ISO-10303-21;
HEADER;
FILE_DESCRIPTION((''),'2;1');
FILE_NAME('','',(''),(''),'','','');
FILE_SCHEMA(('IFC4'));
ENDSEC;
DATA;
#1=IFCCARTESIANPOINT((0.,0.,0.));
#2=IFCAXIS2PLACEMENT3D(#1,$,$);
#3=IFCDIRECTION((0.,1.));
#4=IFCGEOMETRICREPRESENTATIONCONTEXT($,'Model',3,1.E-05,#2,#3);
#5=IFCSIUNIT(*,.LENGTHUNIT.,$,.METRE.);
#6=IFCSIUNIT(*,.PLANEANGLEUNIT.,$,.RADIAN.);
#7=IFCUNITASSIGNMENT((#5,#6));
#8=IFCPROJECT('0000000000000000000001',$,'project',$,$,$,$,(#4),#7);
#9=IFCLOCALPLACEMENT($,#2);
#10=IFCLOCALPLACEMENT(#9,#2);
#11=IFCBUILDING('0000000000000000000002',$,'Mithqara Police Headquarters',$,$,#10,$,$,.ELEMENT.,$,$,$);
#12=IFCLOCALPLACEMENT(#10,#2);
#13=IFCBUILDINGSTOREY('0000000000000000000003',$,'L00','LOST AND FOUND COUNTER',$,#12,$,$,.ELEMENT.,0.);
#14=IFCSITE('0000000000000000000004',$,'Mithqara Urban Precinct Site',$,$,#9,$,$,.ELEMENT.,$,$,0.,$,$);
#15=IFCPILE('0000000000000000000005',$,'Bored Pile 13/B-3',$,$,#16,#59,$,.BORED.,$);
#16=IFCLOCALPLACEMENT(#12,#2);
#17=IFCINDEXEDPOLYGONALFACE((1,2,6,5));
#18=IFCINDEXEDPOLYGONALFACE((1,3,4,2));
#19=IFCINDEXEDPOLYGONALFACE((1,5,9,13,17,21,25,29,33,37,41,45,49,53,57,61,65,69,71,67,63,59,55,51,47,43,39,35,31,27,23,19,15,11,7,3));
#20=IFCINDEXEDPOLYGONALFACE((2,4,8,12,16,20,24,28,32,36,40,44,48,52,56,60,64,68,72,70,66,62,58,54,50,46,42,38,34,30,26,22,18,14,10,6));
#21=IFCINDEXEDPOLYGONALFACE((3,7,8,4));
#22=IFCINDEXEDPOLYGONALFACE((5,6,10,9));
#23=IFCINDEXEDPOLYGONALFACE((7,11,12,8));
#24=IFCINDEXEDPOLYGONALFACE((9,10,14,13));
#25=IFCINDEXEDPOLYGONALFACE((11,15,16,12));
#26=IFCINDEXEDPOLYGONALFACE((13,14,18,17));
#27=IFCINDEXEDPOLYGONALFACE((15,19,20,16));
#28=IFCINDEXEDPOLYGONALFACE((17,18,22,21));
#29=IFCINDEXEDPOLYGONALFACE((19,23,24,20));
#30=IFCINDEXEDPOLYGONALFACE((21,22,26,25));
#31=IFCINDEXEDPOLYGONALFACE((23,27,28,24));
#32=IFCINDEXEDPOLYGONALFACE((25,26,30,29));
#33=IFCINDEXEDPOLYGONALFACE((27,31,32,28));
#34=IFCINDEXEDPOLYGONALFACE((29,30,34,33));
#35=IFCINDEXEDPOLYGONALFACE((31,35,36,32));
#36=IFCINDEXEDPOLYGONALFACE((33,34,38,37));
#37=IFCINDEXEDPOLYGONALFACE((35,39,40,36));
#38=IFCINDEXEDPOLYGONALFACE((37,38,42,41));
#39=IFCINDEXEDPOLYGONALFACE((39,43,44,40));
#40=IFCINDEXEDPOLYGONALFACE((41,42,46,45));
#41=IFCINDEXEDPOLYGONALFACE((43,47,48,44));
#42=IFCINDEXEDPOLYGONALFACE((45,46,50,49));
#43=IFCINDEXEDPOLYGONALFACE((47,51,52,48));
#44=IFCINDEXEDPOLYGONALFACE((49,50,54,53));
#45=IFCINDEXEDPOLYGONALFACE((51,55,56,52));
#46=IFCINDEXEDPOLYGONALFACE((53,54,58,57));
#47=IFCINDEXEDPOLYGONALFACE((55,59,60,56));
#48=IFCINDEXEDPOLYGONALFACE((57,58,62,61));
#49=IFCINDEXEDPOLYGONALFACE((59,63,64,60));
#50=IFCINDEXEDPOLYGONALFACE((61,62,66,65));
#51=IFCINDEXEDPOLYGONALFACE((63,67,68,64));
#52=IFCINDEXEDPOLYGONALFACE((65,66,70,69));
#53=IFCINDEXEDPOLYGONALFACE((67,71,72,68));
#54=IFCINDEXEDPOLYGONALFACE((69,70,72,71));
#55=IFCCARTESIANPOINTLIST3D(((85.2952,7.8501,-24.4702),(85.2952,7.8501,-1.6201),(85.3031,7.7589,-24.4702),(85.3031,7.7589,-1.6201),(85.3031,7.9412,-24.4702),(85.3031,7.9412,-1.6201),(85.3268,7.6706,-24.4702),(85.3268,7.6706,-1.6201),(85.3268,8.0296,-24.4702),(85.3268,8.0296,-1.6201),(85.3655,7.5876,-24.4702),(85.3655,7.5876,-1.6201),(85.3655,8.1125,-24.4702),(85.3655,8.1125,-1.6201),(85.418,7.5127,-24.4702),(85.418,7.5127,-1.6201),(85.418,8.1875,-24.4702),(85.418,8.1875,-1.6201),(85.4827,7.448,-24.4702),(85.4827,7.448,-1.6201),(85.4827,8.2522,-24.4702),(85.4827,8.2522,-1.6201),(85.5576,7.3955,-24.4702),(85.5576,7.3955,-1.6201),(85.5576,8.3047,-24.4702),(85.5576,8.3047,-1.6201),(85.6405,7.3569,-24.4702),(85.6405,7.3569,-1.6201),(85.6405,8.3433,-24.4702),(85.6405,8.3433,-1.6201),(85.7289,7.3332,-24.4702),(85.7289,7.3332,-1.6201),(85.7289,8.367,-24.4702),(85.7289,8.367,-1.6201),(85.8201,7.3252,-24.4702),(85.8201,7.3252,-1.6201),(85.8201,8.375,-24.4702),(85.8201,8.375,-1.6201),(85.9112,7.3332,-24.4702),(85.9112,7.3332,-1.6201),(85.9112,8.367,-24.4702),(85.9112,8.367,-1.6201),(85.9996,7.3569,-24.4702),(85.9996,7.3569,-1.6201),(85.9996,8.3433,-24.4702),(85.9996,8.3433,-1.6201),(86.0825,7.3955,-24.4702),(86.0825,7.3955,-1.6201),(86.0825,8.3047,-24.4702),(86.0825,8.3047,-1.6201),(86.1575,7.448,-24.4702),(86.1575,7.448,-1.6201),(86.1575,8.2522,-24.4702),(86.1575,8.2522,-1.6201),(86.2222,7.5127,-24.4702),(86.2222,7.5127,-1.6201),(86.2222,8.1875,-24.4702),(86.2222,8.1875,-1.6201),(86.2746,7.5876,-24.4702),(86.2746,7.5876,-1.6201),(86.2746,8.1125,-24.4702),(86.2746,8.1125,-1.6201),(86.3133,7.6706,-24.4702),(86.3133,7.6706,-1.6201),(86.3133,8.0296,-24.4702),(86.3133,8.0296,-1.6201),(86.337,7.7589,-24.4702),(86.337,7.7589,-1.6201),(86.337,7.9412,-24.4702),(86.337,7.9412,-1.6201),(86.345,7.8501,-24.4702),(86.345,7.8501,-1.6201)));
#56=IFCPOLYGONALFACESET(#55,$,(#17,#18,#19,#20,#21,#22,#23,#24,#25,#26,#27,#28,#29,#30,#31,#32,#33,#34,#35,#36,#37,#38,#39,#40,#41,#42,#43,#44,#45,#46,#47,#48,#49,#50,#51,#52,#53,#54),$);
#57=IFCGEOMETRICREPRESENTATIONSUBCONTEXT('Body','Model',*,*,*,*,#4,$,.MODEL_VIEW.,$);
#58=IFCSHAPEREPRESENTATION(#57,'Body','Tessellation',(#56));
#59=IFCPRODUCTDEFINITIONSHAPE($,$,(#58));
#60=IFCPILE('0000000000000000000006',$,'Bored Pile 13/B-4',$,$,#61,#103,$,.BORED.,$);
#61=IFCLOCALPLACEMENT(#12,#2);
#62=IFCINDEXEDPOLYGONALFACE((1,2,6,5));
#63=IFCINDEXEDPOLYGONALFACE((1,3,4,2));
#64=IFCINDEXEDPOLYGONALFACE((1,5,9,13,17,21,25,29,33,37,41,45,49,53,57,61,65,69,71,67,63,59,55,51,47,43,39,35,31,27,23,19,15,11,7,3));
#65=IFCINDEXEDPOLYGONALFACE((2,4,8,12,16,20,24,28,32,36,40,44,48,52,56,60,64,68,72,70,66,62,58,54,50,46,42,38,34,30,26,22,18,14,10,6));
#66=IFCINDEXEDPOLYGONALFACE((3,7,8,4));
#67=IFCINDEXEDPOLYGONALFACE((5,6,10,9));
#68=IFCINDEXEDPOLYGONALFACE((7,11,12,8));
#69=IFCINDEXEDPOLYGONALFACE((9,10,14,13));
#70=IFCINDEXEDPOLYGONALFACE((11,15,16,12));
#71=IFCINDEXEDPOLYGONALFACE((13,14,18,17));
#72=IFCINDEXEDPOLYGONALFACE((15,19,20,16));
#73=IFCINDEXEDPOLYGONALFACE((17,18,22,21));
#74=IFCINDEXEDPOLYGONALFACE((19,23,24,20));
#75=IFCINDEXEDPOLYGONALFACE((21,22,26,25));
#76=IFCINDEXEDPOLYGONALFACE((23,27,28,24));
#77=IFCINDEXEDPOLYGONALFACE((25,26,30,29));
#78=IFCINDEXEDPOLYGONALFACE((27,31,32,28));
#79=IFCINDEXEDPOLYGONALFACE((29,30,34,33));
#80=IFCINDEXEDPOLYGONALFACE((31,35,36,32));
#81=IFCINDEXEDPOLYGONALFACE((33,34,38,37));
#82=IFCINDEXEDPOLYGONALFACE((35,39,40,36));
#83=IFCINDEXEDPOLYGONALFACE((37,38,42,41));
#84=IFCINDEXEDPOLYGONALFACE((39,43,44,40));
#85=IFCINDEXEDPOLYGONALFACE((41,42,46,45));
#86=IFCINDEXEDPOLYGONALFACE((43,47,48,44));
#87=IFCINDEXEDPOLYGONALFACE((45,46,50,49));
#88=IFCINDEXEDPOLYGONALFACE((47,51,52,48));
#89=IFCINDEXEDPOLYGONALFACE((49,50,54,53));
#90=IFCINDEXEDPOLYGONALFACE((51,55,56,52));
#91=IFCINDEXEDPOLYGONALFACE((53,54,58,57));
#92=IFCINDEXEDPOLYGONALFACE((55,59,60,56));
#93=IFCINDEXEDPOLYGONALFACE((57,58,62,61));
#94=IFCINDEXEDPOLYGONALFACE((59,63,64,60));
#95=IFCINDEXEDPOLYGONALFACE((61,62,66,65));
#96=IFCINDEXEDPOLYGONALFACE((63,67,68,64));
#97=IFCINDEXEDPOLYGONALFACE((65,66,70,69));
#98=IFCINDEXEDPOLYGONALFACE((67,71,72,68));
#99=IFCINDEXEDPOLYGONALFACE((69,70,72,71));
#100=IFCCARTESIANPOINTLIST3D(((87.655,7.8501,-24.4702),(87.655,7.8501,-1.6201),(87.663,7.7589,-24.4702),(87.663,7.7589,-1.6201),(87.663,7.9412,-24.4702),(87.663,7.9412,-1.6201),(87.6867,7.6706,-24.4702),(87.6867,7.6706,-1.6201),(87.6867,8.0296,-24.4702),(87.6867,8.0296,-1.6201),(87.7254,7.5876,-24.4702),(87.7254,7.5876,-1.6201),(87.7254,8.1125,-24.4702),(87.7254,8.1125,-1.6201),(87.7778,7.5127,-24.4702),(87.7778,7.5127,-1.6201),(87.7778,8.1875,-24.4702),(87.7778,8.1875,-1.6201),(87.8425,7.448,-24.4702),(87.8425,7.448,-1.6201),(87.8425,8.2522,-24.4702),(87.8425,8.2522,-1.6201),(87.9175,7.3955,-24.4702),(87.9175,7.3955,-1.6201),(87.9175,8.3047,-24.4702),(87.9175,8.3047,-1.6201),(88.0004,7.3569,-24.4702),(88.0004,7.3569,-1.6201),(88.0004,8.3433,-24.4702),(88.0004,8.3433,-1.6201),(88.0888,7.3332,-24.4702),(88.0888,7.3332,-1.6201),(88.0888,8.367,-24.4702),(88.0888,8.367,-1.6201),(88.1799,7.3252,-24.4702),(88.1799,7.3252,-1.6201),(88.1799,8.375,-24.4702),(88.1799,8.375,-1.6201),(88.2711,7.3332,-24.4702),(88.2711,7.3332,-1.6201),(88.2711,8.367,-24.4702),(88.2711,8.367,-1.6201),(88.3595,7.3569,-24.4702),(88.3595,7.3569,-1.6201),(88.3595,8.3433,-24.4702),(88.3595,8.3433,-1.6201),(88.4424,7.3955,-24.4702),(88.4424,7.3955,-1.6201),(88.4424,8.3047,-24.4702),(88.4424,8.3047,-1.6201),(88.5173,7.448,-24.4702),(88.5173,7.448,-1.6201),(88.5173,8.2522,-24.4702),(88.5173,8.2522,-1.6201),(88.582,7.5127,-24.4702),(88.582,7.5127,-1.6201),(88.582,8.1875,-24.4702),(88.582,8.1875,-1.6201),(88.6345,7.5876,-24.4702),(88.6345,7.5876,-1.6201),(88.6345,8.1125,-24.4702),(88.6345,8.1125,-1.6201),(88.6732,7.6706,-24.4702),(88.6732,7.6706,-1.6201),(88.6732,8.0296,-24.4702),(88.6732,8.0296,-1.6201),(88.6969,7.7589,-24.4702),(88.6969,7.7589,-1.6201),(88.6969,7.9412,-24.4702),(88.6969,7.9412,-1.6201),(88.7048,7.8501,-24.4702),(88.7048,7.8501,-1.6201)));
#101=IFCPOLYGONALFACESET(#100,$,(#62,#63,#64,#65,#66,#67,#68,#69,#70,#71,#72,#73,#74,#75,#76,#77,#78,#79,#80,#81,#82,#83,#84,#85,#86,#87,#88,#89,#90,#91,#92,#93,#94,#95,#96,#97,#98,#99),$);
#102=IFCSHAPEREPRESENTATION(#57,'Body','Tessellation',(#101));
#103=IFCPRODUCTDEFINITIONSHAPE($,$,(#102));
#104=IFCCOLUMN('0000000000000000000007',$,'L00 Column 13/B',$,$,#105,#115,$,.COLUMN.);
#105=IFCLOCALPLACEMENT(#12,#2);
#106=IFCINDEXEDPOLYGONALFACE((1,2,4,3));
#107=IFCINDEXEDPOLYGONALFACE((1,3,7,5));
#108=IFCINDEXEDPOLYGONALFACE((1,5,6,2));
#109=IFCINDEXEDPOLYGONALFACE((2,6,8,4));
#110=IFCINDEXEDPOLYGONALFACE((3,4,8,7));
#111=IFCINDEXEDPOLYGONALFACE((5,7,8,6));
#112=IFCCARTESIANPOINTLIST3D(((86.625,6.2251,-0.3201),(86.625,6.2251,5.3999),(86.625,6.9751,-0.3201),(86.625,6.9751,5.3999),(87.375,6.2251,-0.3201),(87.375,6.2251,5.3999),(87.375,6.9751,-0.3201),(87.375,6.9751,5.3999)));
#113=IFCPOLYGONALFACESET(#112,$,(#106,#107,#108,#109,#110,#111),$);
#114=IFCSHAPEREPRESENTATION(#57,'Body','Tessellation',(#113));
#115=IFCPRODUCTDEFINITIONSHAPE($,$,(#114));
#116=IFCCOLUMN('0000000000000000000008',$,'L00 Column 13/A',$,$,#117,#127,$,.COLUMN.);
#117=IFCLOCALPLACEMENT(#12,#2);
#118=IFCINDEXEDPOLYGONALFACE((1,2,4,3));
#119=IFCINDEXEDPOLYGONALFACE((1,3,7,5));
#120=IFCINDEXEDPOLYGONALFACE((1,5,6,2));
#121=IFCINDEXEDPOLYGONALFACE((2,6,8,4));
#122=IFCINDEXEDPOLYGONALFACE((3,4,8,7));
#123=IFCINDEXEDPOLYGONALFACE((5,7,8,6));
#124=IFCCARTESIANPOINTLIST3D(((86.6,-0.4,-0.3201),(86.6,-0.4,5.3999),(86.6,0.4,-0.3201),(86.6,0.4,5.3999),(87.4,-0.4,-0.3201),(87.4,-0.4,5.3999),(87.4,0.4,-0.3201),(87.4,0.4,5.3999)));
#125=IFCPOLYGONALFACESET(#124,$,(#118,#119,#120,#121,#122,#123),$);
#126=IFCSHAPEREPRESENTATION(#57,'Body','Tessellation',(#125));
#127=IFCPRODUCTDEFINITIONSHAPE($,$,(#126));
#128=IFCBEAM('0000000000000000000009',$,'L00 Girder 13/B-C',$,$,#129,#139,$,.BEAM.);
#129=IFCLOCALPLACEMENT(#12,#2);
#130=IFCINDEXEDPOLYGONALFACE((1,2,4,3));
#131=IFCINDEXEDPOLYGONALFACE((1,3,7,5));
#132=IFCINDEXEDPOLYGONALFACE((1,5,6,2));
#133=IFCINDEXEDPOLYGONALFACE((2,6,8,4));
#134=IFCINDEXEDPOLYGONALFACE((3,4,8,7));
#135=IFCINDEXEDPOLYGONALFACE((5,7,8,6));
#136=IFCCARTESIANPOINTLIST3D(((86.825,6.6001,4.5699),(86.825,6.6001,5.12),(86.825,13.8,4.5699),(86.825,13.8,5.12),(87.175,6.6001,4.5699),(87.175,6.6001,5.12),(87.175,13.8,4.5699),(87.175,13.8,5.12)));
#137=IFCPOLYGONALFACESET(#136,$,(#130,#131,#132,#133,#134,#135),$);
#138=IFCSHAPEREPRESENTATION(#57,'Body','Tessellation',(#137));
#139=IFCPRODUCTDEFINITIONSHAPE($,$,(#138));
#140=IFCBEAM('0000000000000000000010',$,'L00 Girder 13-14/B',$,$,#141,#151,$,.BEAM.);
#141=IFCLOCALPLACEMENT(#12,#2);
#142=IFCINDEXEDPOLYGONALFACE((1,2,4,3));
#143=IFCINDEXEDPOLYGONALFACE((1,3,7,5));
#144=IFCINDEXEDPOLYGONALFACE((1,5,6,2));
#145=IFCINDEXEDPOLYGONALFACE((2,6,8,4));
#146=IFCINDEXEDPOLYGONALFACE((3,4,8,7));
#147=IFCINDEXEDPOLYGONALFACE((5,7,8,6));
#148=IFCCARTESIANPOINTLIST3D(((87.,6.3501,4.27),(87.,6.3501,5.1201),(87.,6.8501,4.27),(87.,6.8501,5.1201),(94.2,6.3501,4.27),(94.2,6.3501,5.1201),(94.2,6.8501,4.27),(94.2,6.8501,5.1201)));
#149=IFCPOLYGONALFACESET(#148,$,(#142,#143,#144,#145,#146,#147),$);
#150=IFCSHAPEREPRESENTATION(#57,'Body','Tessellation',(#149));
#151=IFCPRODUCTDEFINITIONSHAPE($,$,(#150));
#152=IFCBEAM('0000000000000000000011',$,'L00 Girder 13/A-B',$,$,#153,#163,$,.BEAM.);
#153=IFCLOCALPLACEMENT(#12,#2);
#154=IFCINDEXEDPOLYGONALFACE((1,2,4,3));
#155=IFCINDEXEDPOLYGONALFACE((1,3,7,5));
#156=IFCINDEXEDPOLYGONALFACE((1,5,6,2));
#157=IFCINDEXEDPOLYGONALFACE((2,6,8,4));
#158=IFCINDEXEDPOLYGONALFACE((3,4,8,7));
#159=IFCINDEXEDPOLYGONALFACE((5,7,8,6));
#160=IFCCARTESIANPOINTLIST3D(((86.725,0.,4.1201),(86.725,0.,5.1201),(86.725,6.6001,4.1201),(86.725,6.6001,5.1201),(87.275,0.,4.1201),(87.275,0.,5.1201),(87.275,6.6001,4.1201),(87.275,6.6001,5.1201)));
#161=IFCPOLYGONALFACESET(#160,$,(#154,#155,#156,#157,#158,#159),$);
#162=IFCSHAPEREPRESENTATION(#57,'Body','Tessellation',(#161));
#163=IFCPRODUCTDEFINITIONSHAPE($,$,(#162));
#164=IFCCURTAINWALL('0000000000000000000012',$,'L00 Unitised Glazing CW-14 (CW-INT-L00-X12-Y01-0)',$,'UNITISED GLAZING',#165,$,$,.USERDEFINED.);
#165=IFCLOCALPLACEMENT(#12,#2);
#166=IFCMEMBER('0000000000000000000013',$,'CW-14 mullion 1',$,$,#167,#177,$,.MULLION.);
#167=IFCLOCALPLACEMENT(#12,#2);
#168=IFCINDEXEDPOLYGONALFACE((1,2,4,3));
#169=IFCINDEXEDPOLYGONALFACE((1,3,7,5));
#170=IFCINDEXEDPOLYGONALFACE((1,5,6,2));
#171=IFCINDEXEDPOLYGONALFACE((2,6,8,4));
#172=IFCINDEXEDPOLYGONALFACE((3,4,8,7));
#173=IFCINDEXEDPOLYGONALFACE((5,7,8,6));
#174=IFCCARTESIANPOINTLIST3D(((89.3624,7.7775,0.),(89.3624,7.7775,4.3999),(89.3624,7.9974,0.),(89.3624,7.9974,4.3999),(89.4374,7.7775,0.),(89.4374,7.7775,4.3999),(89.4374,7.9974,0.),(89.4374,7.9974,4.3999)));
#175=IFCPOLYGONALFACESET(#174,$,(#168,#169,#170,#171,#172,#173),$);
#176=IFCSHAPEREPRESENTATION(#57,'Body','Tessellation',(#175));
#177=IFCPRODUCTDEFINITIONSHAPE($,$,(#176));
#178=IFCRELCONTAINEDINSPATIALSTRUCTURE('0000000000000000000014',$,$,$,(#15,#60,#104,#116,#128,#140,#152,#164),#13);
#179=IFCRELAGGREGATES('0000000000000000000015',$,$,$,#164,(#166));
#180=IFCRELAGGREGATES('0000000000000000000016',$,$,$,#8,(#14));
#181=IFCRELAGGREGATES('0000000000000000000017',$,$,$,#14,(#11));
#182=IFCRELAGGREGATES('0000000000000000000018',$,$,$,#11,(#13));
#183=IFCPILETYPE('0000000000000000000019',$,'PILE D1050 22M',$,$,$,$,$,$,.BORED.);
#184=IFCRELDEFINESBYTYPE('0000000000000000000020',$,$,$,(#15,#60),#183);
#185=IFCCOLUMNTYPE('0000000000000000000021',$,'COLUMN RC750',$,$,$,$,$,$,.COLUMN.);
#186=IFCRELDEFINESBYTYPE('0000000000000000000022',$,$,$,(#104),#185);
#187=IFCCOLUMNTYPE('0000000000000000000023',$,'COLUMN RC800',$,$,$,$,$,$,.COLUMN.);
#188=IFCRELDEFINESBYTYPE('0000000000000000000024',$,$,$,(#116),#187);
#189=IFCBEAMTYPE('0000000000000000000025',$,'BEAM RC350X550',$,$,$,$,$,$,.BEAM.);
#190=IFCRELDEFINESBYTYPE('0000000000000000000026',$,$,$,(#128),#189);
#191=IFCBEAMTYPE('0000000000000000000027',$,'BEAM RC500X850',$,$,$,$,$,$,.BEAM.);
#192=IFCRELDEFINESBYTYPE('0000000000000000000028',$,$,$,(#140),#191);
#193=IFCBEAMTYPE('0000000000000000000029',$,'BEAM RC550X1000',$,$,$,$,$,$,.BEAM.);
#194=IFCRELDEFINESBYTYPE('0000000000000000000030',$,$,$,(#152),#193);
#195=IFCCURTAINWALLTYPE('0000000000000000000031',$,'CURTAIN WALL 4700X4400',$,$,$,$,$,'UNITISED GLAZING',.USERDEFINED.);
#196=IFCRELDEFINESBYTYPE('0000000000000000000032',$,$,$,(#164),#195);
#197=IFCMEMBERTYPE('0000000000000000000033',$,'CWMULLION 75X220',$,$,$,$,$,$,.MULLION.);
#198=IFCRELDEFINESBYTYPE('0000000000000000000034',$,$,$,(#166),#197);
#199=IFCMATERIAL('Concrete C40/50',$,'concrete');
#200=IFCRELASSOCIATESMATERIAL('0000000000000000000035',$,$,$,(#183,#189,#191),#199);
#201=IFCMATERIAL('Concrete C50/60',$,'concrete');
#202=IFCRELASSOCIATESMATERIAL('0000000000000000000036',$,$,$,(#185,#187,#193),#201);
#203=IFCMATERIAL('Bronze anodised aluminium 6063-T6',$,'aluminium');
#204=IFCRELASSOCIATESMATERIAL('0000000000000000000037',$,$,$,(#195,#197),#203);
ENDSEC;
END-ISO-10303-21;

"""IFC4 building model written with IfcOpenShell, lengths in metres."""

from ifc_helpers import new_model, si_unit, direction, frame, origin, origin_2d, place, context, subcontext, project, spatial, rectangle, circle, extrude, material, material_profile, profile_set, type_object, element, aggregate, save


model = new_model("IFC4")

# Units and contexts
model_context = context("Model", 3, precision=1e-05, world=origin(), true_north=direction((0.0, 1.0)))
body_context = subcontext(model_context, "Body", "Model", "MODEL_VIEW")
ifc_project = project(units=[si_unit("LENGTHUNIT", "METRE"), si_unit("PLANEANGLEUNIT", "RADIAN")], contexts=[model_context])

# Site, building, storey
site_placement = place(None, origin())
site = spatial("IfcSite", under=ifc_project, at=site_placement, Name="Mithqara Urban Precinct Site", CompositionType="ELEMENT", RefElevation=0.0)
building_placement = place(site_placement, origin())
building = spatial("IfcBuilding", under=site, at=building_placement, Name="Mithqara Police Headquarters", CompositionType="ELEMENT")
storey_placement = place(building_placement, origin())
storey = spatial("IfcBuildingStorey", under=building, at=storey_placement, Name="L00", Description="LOST AND FOUND COUNTER", CompositionType="ELEMENT", Elevation=0.0)

# Shared definitions
ifc_material_1 = material(Name="Concrete C40/50", Category="concrete")

# Piles
ifc_material_profile_1 = material_profile(ifc_material_1, circle(Radius=0.5249, at=origin_2d()), Name="PILE D1050")
ifc_profile_set_1 = profile_set([ifc_material_profile_1], Name="Concrete C40/50")
pile_type = type_object("IfcPileType", Name="PILE D1050 22M", PredefinedType="BORED", material=ifc_profile_set_1)
for number, where, z_axis, x_axis, name in (
    (1, (85.8201, 7.8501, -1.6201), (0.0, 0.0, -1.0), (1.0, 0.0, 0.0), "Bored Pile 13/B-3"),
    (2, (88.1799, 7.8501, -1.6201), (0.0, 0.0, -1.0), (1.0, 0.0, 0.0), "Bored Pile 13/B-4"),
):
    element("IfcPile", number, at=place(storey_placement, frame(where, z_axis=z_axis, x_axis=x_axis)), inside=storey, type_object=pile_type, Name=name, PredefinedType="BORED", context=body_context, shape_type="SweptSolid", body=[
        extrude(circle(Radius=0.5249, at=origin_2d()), origin(), (0.0, 0.0, 1.0), 22.8501),
    ])

# Columns
ifc_material_2 = material(Name="Concrete C50/60", Category="concrete")
ifc_material_profile_2 = material_profile(ifc_material_2, rectangle(XDim=0.75, YDim=0.75, at=origin_2d()), Name="RC 750x750")
ifc_profile_set_2 = profile_set([ifc_material_profile_2], Name="Concrete C50/60")
column_type_1 = type_object("IfcColumnType", Name="COLUMN RC750", PredefinedType="COLUMN", material=ifc_profile_set_2)
column_1_placement = place(storey_placement, frame((87.0, 6.6001, -0.3201), z_axis=(0.0, 0.0, 1.0), x_axis=(1.0, 0.0, 0.0)))
element("IfcColumn", 3, at=column_1_placement, inside=storey, type_object=column_type_1, Name="L00 Column 13/B", PredefinedType="COLUMN", context=body_context, shape_type="SweptSolid", body=[
    extrude(rectangle(XDim=0.75, YDim=0.75, at=origin_2d()), origin(), (0.0, 0.0, 1.0), 5.72),
])
ifc_material_profile_3 = material_profile(ifc_material_2, rectangle(XDim=0.8, YDim=0.8, at=origin_2d()), Name="RC 800x800")
ifc_profile_set_3 = profile_set([ifc_material_profile_3], Name="Concrete C50/60")
column_type_2 = type_object("IfcColumnType", Name="COLUMN RC800", PredefinedType="COLUMN", material=ifc_profile_set_3)
column_2_placement = place(storey_placement, frame((87.0, 0.0, -0.3201), z_axis=(0.0, 0.0, 1.0), x_axis=(1.0, 0.0, 0.0)))
element("IfcColumn", 4, at=column_2_placement, inside=storey, type_object=column_type_2, Name="L00 Column 13/A", PredefinedType="COLUMN", context=body_context, shape_type="SweptSolid", body=[
    extrude(rectangle(XDim=0.8, YDim=0.8, at=origin_2d()), origin(), (0.0, 0.0, 1.0), 5.72),
])

# Beams
ifc_material_profile_4 = material_profile(ifc_material_1, rectangle(XDim=0.3501, YDim=0.55, at=origin_2d()), Name="RC 350x550")
ifc_profile_set_4 = profile_set([ifc_material_profile_4], Name="Concrete C40/50")
beam_type_1 = type_object("IfcBeamType", Name="BEAM RC350X550", PredefinedType="BEAM", material=ifc_profile_set_4)
beam_1_placement = place(storey_placement, frame((87.0, 6.6001, 4.845), z_axis=(0.0, 1.0, 0.0), x_axis=(-1.0, 0.0, 0.0)))
element("IfcBeam", 5, at=beam_1_placement, inside=storey, type_object=beam_type_1, Name="L00 Girder 13/B-C", PredefinedType="BEAM", context=body_context, shape_type="SweptSolid", body=[
    extrude(rectangle(XDim=0.3501, YDim=0.55, at=origin_2d()), origin(), (0.0, 0.0, 1.0), 7.2),
])
ifc_material_profile_5 = material_profile(ifc_material_1, rectangle(XDim=0.5, YDim=0.8501, at=origin_2d()), Name="RC 500x850")
ifc_profile_set_5 = profile_set([ifc_material_profile_5], Name="Concrete C40/50")
beam_type_2 = type_object("IfcBeamType", Name="BEAM RC500X850", PredefinedType="BEAM", material=ifc_profile_set_5)
beam_2_placement = place(storey_placement, frame((87.0, 6.6001, 4.6951), z_axis=(1.0, 0.0, 0.0), x_axis=(0.0, 1.0, 0.0)))
element("IfcBeam", 6, at=beam_2_placement, inside=storey, type_object=beam_type_2, Name="L00 Girder 13-14/B", PredefinedType="BEAM", context=body_context, shape_type="SweptSolid", body=[
    extrude(rectangle(XDim=0.5, YDim=0.8501, at=origin_2d()), origin(), (0.0, 0.0, 1.0), 7.2),
])
ifc_material_profile_6 = material_profile(ifc_material_2, rectangle(XDim=0.55, YDim=1.0, at=origin_2d()), Name="RC 550x1000")
ifc_profile_set_6 = profile_set([ifc_material_profile_6], Name="Concrete C50/60")
beam_type_3 = type_object("IfcBeamType", Name="BEAM RC550X1000", PredefinedType="BEAM", material=ifc_profile_set_6)
beam_3_placement = place(storey_placement, frame((87.0, 0.0, 4.6201), z_axis=(0.0, 1.0, 0.0), x_axis=(-1.0, 0.0, 0.0)))
element("IfcBeam", 7, at=beam_3_placement, inside=storey, type_object=beam_type_3, Name="L00 Girder 13/A-B", PredefinedType="BEAM", context=body_context, shape_type="SweptSolid", body=[
    extrude(rectangle(XDim=0.55, YDim=1.0, at=origin_2d()), origin(), (0.0, 0.0, 1.0), 6.6001),
])

# Curtain wall, member
ifc_material_3 = material(Name="Bronze anodised aluminium 6063-T6", Category="aluminium")
curtain_wall_type = type_object("IfcCurtainWallType", Name="CURTAIN WALL 4700X4400", ElementType="UNITISED GLAZING", PredefinedType="USERDEFINED", material=ifc_material_3)
curtain_wall_placement = place(storey_placement, origin())
curtain_wall = element("IfcCurtainWall", 8, at=curtain_wall_placement, inside=storey, type_object=curtain_wall_type, Name="L00 Unitised Glazing CW-14 (CW-INT-L00-X12-Y01-0)", ObjectType="UNITISED GLAZING", PredefinedType="USERDEFINED")
ifc_material_profile_7 = material_profile(ifc_material_3, rectangle(XDim=0.075, YDim=0.22, at=origin_2d()), Name="CWM 75x220")
ifc_profile_set_7 = profile_set([ifc_material_profile_7], Name="Bronze anodised aluminium 6063-T6")
member_type_1 = type_object("IfcMemberType", Name="CWMULLION 75X220", PredefinedType="MULLION", material=ifc_profile_set_7)
member_1_placement = place(storey_placement, frame((89.3999, 7.8875, 0.0), z_axis=(0.0, 0.0, 1.0), x_axis=(-1.0, 0.0, 0.0)))
member_1 = element("IfcMember", 9, at=member_1_placement, type_object=member_type_1, Name="CW-14 mullion 1", PredefinedType="MULLION", context=body_context, shape_type="SweptSolid", body=[
    extrude(rectangle(XDim=0.075, YDim=0.22, at=origin_2d()), origin(), (0.0, 0.0, 1.0), 4.3999),
])
aggregate(curtain_wall, [member_1])

save(model, "model.ifc")
